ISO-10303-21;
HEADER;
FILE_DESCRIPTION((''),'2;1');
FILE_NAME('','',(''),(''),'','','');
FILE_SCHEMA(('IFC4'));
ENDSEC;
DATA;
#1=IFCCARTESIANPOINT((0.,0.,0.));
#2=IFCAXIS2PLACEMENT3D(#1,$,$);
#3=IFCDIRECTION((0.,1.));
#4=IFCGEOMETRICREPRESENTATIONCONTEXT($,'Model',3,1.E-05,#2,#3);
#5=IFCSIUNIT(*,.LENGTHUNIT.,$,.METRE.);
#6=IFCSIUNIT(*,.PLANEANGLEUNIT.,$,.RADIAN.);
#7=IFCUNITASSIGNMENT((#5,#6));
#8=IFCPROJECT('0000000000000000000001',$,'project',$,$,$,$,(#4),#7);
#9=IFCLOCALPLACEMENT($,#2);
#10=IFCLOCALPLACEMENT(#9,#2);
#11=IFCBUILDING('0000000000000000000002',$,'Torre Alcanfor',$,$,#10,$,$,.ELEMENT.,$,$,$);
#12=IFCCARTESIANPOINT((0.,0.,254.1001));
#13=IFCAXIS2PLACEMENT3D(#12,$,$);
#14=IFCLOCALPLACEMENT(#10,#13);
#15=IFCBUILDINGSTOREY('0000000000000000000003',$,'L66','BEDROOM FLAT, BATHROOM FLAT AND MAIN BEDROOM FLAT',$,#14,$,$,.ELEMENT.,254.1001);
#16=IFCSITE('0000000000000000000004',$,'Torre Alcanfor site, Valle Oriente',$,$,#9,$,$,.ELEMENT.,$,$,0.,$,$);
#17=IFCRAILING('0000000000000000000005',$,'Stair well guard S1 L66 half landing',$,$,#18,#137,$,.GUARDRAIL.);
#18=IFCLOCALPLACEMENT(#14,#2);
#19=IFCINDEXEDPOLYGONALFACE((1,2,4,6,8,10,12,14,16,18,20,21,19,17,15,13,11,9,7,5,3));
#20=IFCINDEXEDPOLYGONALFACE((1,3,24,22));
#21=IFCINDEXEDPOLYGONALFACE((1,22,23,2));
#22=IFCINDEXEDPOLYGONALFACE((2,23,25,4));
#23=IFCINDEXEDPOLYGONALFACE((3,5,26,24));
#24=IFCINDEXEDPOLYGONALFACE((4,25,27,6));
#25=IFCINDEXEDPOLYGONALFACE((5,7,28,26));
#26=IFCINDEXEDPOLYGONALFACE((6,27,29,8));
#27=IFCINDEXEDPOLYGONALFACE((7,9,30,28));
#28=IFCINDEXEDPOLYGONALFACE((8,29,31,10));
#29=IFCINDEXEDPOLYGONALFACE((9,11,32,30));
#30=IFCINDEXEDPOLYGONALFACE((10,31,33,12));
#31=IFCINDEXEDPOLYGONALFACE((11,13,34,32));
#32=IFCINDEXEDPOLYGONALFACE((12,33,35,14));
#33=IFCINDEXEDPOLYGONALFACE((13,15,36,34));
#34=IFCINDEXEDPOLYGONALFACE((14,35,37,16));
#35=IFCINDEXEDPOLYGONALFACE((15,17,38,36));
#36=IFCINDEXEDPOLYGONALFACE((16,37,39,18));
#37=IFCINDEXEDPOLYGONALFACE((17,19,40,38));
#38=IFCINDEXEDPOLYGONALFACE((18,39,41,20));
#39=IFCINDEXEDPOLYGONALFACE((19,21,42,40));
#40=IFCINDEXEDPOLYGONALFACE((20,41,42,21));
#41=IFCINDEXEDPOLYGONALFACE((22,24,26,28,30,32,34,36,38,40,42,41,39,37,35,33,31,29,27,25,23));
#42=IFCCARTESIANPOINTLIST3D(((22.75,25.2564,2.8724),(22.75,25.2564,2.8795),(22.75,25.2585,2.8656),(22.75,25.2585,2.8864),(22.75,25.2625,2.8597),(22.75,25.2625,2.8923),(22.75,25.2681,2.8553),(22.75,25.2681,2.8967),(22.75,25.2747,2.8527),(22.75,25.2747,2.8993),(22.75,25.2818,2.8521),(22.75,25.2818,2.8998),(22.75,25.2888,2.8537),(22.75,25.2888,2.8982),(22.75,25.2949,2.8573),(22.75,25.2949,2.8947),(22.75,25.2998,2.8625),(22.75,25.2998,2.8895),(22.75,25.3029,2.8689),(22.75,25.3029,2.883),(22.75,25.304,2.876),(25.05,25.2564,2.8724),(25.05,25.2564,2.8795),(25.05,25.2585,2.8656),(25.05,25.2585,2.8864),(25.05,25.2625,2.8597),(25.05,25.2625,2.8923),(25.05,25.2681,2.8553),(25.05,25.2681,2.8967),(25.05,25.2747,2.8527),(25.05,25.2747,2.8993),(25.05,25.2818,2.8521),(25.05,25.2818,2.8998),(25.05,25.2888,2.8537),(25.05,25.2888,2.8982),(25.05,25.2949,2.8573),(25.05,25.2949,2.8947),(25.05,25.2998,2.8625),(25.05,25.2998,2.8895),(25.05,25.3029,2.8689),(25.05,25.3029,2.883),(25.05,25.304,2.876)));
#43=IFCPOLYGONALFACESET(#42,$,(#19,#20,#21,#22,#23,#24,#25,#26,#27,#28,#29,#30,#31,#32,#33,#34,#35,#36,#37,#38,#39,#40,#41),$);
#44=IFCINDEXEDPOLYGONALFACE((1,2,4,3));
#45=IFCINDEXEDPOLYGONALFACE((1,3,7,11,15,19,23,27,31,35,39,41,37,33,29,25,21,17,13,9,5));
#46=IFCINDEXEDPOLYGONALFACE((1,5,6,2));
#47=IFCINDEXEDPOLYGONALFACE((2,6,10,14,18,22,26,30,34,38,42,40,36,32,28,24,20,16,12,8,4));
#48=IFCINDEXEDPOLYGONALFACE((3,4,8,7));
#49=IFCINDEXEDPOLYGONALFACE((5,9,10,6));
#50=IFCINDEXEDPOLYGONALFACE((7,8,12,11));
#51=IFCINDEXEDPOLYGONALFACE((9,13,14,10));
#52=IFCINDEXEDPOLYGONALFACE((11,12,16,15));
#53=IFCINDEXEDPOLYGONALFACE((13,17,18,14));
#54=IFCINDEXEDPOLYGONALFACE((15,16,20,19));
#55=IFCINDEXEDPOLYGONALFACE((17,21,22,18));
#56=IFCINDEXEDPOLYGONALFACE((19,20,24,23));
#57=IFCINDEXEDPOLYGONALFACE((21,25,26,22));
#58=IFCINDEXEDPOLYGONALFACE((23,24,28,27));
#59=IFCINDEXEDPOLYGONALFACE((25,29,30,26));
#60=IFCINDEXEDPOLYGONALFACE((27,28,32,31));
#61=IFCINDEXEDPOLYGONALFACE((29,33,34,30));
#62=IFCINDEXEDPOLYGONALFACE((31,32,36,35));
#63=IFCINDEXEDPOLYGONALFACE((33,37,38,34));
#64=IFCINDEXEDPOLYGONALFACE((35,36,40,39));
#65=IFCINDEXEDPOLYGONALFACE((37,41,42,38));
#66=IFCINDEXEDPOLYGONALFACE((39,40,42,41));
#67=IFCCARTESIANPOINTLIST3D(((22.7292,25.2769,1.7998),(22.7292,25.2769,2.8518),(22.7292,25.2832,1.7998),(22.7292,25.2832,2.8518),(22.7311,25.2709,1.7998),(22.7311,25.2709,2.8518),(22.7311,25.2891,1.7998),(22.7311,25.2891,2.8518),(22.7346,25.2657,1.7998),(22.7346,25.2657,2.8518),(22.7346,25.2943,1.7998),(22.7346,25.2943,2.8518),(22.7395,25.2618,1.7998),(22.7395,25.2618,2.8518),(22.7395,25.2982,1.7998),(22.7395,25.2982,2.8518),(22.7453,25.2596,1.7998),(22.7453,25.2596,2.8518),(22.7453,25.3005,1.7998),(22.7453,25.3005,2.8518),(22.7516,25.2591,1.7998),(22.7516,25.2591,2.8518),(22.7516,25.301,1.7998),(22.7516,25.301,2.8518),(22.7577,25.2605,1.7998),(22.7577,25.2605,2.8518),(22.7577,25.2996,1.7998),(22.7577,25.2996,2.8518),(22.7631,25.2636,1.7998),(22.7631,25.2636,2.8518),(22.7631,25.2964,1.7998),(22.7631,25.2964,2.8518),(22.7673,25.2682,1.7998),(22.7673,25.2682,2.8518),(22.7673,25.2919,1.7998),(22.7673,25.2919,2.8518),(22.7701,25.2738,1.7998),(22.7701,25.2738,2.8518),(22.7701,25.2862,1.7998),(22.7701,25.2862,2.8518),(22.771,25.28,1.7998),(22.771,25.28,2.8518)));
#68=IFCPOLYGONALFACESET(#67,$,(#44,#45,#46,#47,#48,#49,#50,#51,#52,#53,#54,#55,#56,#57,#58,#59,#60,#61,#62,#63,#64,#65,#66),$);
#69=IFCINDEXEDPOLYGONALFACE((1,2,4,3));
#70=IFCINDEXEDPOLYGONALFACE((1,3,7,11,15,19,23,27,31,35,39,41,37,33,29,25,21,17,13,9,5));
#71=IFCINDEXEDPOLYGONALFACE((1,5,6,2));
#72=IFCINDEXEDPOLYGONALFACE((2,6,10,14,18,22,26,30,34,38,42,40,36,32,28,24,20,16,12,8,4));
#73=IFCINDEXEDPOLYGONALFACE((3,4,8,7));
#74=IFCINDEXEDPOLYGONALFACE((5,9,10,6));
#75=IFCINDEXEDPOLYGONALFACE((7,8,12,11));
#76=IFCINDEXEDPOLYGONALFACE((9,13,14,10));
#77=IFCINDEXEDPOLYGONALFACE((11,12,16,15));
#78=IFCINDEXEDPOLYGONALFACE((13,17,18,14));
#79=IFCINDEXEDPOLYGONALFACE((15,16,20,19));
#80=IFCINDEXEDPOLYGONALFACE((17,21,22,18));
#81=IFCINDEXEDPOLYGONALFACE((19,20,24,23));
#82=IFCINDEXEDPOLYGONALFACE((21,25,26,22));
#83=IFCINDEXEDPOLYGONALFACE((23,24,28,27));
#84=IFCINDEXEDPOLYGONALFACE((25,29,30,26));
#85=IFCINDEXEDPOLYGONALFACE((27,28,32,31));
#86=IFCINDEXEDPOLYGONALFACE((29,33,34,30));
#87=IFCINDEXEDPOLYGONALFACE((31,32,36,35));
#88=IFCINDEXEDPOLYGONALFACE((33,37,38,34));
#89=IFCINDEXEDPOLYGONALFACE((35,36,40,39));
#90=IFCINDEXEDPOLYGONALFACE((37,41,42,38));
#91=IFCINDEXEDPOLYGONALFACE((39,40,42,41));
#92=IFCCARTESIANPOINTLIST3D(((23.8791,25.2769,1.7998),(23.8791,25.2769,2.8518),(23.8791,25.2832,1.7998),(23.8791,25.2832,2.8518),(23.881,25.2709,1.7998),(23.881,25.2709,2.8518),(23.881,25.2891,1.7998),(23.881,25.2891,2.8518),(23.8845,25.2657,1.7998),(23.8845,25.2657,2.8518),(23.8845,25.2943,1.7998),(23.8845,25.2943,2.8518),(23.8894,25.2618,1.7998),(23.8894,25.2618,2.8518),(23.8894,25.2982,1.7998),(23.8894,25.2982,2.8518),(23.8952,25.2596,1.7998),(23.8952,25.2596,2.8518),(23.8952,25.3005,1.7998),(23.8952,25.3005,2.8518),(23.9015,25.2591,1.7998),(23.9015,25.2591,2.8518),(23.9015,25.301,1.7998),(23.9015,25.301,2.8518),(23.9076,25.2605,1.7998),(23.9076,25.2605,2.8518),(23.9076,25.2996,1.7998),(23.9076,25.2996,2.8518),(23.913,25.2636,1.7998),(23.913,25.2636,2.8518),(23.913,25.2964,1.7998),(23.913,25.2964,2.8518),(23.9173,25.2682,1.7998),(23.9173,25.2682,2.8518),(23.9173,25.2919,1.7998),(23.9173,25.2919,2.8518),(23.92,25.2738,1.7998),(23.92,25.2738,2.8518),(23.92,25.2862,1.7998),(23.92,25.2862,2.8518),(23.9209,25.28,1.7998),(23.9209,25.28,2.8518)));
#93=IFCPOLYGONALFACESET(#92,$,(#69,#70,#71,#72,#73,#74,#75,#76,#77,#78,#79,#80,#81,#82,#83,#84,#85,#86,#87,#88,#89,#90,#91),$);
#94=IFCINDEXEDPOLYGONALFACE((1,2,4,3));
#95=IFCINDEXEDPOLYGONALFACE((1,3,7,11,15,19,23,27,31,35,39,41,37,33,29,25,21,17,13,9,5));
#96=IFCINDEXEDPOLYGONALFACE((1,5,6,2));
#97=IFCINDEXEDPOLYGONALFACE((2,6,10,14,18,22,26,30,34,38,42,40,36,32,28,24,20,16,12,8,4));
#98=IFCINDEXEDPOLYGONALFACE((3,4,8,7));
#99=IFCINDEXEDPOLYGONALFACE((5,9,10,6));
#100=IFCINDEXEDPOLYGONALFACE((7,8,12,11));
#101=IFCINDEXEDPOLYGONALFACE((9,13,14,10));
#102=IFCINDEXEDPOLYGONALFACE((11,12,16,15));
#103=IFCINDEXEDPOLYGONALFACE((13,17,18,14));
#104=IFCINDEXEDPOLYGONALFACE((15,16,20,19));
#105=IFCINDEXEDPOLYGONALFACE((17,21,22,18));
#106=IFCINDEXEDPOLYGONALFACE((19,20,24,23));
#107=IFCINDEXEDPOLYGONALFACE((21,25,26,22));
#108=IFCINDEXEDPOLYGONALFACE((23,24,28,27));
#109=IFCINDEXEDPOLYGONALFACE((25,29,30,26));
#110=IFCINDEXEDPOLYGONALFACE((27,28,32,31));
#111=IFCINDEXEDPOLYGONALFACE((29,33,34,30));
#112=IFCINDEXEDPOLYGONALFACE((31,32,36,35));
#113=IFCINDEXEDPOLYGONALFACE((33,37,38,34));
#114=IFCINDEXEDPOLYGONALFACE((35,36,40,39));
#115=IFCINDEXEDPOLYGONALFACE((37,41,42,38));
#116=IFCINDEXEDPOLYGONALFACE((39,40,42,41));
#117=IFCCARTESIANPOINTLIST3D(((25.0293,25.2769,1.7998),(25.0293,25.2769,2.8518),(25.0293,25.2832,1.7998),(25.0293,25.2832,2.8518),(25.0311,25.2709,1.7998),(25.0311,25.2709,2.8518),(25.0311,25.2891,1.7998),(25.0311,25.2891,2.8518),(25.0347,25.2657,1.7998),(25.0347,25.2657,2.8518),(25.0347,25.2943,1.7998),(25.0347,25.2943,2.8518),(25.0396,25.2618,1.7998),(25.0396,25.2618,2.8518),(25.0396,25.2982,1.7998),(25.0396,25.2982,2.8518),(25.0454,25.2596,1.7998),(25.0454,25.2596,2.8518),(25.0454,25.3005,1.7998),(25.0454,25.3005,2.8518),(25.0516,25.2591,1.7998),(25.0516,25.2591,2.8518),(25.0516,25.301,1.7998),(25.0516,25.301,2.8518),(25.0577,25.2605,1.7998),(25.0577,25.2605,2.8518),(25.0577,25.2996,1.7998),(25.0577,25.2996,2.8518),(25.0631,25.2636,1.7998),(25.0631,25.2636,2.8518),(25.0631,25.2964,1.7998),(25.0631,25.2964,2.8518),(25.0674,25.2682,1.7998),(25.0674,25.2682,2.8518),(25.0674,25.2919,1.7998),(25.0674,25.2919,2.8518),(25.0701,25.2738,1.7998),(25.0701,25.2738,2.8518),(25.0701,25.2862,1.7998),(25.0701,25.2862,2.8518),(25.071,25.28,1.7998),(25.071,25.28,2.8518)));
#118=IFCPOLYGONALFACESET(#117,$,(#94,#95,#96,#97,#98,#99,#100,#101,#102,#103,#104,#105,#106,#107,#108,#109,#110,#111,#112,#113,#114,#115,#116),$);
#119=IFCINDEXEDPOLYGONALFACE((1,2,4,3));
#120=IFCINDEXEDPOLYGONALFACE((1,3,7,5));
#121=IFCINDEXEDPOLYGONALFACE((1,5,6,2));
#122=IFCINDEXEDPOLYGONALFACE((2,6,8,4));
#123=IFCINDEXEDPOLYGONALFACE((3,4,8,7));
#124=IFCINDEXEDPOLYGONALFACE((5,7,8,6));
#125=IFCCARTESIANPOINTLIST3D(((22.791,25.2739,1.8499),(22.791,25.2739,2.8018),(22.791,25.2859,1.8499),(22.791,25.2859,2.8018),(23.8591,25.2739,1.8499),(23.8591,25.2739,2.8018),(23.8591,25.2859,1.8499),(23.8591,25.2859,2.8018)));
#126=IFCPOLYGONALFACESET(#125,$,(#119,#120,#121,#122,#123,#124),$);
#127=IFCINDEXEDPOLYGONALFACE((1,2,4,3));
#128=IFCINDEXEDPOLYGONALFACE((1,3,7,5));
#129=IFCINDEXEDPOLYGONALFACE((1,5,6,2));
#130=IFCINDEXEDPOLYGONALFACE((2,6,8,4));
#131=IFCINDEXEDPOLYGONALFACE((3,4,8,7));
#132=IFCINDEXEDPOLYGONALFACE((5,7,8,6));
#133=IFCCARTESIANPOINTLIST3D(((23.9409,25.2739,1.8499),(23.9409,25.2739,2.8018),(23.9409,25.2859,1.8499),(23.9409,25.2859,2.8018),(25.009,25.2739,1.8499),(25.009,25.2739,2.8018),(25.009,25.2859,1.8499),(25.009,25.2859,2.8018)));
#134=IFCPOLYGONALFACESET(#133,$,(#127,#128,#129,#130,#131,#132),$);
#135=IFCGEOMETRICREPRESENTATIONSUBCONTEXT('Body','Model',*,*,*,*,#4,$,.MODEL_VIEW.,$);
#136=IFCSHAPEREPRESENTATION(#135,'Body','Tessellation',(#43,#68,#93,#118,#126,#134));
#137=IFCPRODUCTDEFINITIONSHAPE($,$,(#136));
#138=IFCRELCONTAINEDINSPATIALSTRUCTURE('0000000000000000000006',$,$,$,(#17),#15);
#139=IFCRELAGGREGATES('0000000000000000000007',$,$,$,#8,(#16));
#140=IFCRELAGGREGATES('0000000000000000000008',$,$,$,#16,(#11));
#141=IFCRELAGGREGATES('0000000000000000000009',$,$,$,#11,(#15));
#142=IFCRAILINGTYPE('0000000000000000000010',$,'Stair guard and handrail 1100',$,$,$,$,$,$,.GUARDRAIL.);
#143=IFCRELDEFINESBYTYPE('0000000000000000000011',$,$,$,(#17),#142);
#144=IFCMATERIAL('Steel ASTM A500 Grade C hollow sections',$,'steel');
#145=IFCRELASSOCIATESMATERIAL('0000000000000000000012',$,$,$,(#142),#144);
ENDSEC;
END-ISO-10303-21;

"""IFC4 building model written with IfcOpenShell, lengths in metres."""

from ifc_helpers import new_model, si_unit, direction, frame, origin, origin_2d, place, context, subcontext, project, spatial, polyline, circle, outline, extrude, material, type_object, element, save


model = new_model("IFC4")

# Units and contexts
model_context = context("Model", 3, precision=1e-05, world=origin(), true_north=direction((0.0, 1.0)))
body_context = subcontext(model_context, "Body", "Model", "MODEL_VIEW")
ifc_project = project(units=[si_unit("LENGTHUNIT", "METRE"), si_unit("PLANEANGLEUNIT", "RADIAN")], contexts=[model_context])

# Site, building, storey
site_placement = place(None, origin())
site = spatial("IfcSite", under=ifc_project, at=site_placement, Name="Torre Alcanfor site, Valle Oriente", CompositionType="ELEMENT", RefElevation=0.0)
building_placement = place(site_placement, origin())
building = spatial("IfcBuilding", under=site, at=building_placement, Name="Torre Alcanfor", CompositionType="ELEMENT")
storey_placement = place(building_placement, frame((0.0, 0.0, 254.1001)))
storey = spatial("IfcBuildingStorey", under=building, at=storey_placement, Name="L66", Description="BEDROOM FLAT, BATHROOM FLAT AND MAIN BEDROOM FLAT", CompositionType="ELEMENT", Elevation=254.1001)

# Railing
ifc_material_1 = material(Name="Steel ASTM A500 Grade C hollow sections", Category="steel")
railing_type_1 = type_object("IfcRailingType", Name="Stair guard and handrail 1100", PredefinedType="GUARDRAIL", material=ifc_material_1)
railing_1_placement = place(storey_placement, frame((22.75, 25.28, 1.7998)))
element("IfcRailing", 1, at=railing_1_placement, inside=storey, type_object=railing_type_1, Name="Stair well guard S1 L66 half landing", PredefinedType="GUARDRAIL", context=body_context, shape_type="SweptSolid", body=[
    extrude(circle(Radius=0.0239, at=origin_2d()), frame((0.0, 0.0, 1.0762), z_axis=(1.0, 0.0, 0.0), x_axis=(0.0, 1.0, 0.0)), (0.0, 0.0, 1.0), 2.3),
    extrude(circle(Radius=0.021, at=origin_2d()), origin(), (0.0, 0.0, 1.0), 1.052),
    extrude(circle(Radius=0.021, at=origin_2d()), frame((1.1499, 0.0, 0.0)), (0.0, 0.0, 1.0), 1.052),
    extrude(circle(Radius=0.021, at=origin_2d()), frame((2.3, 0.0, 0.0)), (0.0, 0.0, 1.0), 1.052),
    extrude(outline(polyline([(0.041, 0.05), (1.1091, 0.05), (1.1091, 1.002), (0.041, 1.002), (0.041, 0.05)])), frame((0.0, 0.0059, 0.0), z_axis=(0.0, -1.0, 0.0), x_axis=(1.0, 0.0, 0.0)), (0.0, 0.0, 1.0), 0.012),
    extrude(outline(polyline([(1.1909, 0.05), (2.259, 0.05), (2.259, 1.002), (1.1909, 1.002), (1.1909, 0.05)])), frame((0.0, 0.0059, 0.0), z_axis=(0.0, -1.0, 0.0), x_axis=(1.0, 0.0, 0.0)), (0.0, 0.0, 1.0), 0.012),
])

save(model, "model.ifc")
